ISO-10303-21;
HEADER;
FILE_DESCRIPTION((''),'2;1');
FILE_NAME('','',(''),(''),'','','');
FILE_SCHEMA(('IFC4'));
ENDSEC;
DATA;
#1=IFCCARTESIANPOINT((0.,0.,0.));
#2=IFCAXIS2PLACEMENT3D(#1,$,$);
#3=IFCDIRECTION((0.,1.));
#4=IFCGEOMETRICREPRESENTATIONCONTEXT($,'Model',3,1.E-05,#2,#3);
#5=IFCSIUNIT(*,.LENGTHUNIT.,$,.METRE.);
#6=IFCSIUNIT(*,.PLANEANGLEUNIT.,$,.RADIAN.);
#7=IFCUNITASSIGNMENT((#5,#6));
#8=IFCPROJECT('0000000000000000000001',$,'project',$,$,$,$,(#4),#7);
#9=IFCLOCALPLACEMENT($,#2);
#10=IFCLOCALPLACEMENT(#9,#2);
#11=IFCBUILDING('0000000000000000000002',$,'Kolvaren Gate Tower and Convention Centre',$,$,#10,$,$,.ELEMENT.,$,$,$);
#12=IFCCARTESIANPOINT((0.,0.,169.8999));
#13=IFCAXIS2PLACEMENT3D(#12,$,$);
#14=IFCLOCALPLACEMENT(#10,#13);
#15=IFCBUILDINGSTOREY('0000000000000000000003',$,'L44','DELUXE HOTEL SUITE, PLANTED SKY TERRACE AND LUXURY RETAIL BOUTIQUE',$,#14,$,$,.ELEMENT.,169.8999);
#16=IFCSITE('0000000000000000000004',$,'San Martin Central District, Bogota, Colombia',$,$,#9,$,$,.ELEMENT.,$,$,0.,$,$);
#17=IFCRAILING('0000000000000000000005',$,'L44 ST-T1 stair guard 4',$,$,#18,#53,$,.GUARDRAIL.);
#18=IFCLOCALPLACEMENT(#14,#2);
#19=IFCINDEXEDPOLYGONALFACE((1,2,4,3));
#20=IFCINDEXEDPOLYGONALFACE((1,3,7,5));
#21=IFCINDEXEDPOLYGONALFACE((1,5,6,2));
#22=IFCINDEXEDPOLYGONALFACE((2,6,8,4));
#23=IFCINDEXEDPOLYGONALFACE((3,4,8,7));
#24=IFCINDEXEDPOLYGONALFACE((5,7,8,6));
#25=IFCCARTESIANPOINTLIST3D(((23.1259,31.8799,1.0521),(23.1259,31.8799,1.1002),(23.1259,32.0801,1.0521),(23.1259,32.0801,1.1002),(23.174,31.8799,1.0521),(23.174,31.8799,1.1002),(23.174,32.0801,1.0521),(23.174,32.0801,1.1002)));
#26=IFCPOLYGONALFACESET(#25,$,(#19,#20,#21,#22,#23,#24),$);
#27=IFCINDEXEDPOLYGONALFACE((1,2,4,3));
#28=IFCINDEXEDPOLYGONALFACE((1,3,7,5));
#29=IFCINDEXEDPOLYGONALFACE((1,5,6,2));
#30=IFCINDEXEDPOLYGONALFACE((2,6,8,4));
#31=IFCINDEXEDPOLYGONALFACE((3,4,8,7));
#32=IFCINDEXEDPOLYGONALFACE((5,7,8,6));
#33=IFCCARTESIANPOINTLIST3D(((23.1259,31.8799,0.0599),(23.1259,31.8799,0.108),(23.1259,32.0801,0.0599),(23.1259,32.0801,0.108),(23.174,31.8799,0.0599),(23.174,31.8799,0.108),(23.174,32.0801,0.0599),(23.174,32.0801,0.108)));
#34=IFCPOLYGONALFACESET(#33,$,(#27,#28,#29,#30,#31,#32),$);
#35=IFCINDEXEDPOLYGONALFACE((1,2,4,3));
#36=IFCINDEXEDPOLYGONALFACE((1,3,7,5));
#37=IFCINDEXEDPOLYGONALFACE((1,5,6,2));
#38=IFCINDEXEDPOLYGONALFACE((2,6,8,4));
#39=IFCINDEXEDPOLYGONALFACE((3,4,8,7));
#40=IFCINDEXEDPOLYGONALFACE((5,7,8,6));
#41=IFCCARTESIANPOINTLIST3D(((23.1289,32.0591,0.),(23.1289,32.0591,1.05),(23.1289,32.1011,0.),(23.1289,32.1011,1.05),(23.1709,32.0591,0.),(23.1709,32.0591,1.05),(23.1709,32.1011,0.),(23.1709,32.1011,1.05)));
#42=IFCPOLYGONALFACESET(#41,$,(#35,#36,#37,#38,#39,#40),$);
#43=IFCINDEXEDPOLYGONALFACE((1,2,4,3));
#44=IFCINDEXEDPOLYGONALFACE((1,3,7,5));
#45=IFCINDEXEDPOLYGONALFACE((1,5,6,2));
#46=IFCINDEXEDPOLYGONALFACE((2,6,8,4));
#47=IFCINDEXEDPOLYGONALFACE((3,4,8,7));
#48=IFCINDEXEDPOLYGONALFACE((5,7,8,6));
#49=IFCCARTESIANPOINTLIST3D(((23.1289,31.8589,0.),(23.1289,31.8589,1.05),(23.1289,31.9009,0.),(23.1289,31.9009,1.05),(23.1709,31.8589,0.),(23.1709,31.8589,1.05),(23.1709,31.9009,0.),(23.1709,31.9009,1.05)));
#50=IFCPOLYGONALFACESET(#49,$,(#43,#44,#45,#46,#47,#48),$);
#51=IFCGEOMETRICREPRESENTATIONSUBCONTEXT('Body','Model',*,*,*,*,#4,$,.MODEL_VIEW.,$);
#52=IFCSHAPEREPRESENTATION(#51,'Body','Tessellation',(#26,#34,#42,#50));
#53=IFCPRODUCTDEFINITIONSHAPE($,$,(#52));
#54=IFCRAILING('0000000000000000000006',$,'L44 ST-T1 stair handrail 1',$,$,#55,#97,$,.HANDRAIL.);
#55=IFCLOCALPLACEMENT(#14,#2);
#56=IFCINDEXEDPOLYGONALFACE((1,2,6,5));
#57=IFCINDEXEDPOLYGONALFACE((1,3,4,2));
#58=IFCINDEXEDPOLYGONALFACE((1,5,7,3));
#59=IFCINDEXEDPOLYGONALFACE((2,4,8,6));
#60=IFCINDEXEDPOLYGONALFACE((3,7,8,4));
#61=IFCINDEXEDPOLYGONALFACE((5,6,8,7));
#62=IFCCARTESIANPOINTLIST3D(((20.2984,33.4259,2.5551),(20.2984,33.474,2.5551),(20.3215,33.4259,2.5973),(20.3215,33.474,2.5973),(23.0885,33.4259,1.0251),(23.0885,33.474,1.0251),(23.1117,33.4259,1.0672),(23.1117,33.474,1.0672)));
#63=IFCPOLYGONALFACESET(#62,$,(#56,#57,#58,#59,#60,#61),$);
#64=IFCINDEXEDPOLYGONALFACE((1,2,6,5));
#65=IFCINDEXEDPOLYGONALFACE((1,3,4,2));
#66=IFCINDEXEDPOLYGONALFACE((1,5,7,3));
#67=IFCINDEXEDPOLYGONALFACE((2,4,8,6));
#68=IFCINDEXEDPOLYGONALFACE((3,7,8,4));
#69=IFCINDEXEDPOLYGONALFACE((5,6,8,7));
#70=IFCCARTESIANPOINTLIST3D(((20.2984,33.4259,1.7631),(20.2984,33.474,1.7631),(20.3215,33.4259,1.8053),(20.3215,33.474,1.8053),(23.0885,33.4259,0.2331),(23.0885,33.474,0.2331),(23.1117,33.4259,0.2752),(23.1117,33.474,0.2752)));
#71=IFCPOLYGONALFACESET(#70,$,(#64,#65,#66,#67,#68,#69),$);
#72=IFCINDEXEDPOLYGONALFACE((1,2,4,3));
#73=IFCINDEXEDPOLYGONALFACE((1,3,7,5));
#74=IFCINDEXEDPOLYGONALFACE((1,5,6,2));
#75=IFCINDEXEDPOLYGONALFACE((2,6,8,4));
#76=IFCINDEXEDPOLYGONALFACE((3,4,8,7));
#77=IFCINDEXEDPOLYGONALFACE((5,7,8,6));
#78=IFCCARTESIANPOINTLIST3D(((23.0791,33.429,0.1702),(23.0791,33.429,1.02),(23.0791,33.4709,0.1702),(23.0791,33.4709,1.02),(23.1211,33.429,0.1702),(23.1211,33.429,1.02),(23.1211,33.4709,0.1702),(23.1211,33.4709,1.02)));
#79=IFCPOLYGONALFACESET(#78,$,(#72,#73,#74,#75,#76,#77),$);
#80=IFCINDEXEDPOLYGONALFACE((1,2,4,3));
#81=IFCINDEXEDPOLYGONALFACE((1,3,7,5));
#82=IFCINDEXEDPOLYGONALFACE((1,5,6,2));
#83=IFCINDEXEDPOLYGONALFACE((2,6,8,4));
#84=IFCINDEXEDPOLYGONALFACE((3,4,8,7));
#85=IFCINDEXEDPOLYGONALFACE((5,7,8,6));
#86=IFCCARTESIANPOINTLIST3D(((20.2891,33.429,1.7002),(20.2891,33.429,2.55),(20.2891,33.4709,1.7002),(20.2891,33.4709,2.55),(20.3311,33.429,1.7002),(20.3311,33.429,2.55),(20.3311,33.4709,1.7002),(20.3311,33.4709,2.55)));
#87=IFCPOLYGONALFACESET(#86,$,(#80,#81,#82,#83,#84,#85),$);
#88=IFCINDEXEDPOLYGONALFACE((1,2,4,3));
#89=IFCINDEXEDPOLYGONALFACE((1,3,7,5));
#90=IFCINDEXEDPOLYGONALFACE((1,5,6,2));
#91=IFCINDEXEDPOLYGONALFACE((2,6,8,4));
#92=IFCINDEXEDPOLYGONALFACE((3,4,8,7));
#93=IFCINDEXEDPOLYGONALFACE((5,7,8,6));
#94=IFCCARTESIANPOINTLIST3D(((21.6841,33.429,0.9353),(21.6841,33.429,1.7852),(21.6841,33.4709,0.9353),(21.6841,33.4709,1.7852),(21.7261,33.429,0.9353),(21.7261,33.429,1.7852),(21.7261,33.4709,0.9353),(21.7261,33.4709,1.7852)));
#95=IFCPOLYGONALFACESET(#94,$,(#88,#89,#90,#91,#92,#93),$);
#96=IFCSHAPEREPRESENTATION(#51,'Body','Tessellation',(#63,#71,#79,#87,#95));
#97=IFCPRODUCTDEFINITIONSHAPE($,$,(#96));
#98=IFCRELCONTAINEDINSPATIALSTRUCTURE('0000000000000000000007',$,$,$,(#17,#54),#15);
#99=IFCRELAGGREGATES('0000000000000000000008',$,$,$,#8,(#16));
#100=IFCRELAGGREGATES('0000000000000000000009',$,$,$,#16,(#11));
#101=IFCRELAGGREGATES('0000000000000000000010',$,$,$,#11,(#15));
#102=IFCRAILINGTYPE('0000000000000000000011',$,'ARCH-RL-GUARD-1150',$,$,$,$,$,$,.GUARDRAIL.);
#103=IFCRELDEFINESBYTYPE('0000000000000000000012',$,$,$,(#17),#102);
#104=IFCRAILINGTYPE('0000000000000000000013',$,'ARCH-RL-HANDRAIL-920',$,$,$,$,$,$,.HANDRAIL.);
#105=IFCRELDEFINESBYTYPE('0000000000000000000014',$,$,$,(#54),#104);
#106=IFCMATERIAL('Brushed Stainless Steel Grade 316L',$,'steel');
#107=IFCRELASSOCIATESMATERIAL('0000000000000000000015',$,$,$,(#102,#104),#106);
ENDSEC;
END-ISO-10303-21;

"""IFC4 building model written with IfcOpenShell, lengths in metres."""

from ifc_helpers import new_model, si_unit, direction, frame, origin, origin_2d, place, context, subcontext, project, spatial, rectangle, extrude, material, type_object, element, save


model = new_model("IFC4")

# Units and contexts
model_context = context("Model", 3, precision=1e-05, world=origin(), true_north=direction((0.0, 1.0)))
body_context = subcontext(model_context, "Body", "Model", "MODEL_VIEW")
ifc_project = project(units=[si_unit("LENGTHUNIT", "METRE"), si_unit("PLANEANGLEUNIT", "RADIAN")], contexts=[model_context])

# Site, building, storey
site_placement = place(None, origin())
site = spatial("IfcSite", under=ifc_project, at=site_placement, Name="San Martin Central District, Bogota, Colombia", CompositionType="ELEMENT", RefElevation=0.0)
building_placement = place(site_placement, origin())
building = spatial("IfcBuilding", under=site, at=building_placement, Name="Kolvaren Gate Tower and Convention Centre", CompositionType="ELEMENT")
storey_placement = place(building_placement, frame((0.0, 0.0, 169.8999)))
storey = spatial("IfcBuildingStorey", under=building, at=storey_placement, Name="L44", Description="DELUXE HOTEL SUITE, PLANTED SKY TERRACE AND LUXURY RETAIL BOUTIQUE", CompositionType="ELEMENT", Elevation=169.8999)

# Shared definitions
ifc_material_1 = material(Name="Brushed Stainless Steel Grade 316L", Category="steel")

# Railings
railing_type_1 = type_object("IfcRailingType", Name="ARCH-RL-GUARD-1150", PredefinedType="GUARDRAIL", material=ifc_material_1)
railing_1_placement = place(storey_placement, frame((23.1499, 32.0801, 0.0)))
element("IfcRailing", 1, at=railing_1_placement, inside=storey, type_object=railing_type_1, Name="L44 ST-T1 stair guard 4", PredefinedType="GUARDRAIL", context=body_context, shape_type="SweptSolid", body=[
    extrude(rectangle(XDim=0.0481, YDim=0.0481, at=origin_2d()), frame((0.0, 0.0, 1.0762), z_axis=(0.0, -1.0, 0.0), x_axis=(1.0, 0.0, 0.0)), (0.0, 0.0, 1.0), 0.2002),
    extrude(rectangle(XDim=0.0481, YDim=0.0481, at=origin_2d()), frame((0.0, 0.0, 0.084), z_axis=(0.0, -1.0, 0.0), x_axis=(1.0, 0.0, 0.0)), (0.0, 0.0, 1.0), 0.2002),
    extrude(rectangle(XDim=0.042, YDim=0.042, at=origin_2d()), origin(), (0.0, 0.0, 1.0), 1.05),
    extrude(rectangle(XDim=0.042, YDim=0.042, at=origin_2d()), frame((0.0, -0.2002, 0.0)), (0.0, 0.0, 1.0), 1.05),
])
railing_type_2 = type_object("IfcRailingType", Name="ARCH-RL-HANDRAIL-920", PredefinedType="HANDRAIL", material=ifc_material_1)
railing_2_placement = place(storey_placement, frame((23.1001, 33.45, 0.1702)))
element("IfcRailing", 2, at=railing_2_placement, inside=storey, type_object=railing_type_2, Name="L44 ST-T1 stair handrail 1", PredefinedType="HANDRAIL", context=body_context, shape_type="SweptSolid", body=[
    extrude(rectangle(XDim=0.0481, YDim=0.0481, at=origin_2d()), frame((0.0, 0.0, 0.876), z_axis=(-0.876811, 0.0, 0.480835), x_axis=(0.0, -1.0, 0.0)), (0.0, 0.0, 1.0), 3.1821),
    extrude(rectangle(XDim=0.0481, YDim=0.0481, at=origin_2d()), frame((0.0, 0.0, 0.084), z_axis=(-0.876811, 0.0, 0.480835), x_axis=(0.0, -1.0, 0.0)), (0.0, 0.0, 1.0), 3.1821),
    extrude(rectangle(XDim=0.042, YDim=0.042, at=origin_2d()), origin(), (0.0, 0.0, 1.0), 0.8499),
    extrude(rectangle(XDim=0.042, YDim=0.042, at=origin_2d()), frame((-2.79, 0.0, 1.53)), (0.0, 0.0, 1.0), 0.8499),
    extrude(rectangle(XDim=0.042, YDim=0.042, at=origin_2d()), frame((-1.395, 0.0, 0.7651)), (0.0, 0.0, 1.0), 0.8499),
])

save(model, "model.ifc")
